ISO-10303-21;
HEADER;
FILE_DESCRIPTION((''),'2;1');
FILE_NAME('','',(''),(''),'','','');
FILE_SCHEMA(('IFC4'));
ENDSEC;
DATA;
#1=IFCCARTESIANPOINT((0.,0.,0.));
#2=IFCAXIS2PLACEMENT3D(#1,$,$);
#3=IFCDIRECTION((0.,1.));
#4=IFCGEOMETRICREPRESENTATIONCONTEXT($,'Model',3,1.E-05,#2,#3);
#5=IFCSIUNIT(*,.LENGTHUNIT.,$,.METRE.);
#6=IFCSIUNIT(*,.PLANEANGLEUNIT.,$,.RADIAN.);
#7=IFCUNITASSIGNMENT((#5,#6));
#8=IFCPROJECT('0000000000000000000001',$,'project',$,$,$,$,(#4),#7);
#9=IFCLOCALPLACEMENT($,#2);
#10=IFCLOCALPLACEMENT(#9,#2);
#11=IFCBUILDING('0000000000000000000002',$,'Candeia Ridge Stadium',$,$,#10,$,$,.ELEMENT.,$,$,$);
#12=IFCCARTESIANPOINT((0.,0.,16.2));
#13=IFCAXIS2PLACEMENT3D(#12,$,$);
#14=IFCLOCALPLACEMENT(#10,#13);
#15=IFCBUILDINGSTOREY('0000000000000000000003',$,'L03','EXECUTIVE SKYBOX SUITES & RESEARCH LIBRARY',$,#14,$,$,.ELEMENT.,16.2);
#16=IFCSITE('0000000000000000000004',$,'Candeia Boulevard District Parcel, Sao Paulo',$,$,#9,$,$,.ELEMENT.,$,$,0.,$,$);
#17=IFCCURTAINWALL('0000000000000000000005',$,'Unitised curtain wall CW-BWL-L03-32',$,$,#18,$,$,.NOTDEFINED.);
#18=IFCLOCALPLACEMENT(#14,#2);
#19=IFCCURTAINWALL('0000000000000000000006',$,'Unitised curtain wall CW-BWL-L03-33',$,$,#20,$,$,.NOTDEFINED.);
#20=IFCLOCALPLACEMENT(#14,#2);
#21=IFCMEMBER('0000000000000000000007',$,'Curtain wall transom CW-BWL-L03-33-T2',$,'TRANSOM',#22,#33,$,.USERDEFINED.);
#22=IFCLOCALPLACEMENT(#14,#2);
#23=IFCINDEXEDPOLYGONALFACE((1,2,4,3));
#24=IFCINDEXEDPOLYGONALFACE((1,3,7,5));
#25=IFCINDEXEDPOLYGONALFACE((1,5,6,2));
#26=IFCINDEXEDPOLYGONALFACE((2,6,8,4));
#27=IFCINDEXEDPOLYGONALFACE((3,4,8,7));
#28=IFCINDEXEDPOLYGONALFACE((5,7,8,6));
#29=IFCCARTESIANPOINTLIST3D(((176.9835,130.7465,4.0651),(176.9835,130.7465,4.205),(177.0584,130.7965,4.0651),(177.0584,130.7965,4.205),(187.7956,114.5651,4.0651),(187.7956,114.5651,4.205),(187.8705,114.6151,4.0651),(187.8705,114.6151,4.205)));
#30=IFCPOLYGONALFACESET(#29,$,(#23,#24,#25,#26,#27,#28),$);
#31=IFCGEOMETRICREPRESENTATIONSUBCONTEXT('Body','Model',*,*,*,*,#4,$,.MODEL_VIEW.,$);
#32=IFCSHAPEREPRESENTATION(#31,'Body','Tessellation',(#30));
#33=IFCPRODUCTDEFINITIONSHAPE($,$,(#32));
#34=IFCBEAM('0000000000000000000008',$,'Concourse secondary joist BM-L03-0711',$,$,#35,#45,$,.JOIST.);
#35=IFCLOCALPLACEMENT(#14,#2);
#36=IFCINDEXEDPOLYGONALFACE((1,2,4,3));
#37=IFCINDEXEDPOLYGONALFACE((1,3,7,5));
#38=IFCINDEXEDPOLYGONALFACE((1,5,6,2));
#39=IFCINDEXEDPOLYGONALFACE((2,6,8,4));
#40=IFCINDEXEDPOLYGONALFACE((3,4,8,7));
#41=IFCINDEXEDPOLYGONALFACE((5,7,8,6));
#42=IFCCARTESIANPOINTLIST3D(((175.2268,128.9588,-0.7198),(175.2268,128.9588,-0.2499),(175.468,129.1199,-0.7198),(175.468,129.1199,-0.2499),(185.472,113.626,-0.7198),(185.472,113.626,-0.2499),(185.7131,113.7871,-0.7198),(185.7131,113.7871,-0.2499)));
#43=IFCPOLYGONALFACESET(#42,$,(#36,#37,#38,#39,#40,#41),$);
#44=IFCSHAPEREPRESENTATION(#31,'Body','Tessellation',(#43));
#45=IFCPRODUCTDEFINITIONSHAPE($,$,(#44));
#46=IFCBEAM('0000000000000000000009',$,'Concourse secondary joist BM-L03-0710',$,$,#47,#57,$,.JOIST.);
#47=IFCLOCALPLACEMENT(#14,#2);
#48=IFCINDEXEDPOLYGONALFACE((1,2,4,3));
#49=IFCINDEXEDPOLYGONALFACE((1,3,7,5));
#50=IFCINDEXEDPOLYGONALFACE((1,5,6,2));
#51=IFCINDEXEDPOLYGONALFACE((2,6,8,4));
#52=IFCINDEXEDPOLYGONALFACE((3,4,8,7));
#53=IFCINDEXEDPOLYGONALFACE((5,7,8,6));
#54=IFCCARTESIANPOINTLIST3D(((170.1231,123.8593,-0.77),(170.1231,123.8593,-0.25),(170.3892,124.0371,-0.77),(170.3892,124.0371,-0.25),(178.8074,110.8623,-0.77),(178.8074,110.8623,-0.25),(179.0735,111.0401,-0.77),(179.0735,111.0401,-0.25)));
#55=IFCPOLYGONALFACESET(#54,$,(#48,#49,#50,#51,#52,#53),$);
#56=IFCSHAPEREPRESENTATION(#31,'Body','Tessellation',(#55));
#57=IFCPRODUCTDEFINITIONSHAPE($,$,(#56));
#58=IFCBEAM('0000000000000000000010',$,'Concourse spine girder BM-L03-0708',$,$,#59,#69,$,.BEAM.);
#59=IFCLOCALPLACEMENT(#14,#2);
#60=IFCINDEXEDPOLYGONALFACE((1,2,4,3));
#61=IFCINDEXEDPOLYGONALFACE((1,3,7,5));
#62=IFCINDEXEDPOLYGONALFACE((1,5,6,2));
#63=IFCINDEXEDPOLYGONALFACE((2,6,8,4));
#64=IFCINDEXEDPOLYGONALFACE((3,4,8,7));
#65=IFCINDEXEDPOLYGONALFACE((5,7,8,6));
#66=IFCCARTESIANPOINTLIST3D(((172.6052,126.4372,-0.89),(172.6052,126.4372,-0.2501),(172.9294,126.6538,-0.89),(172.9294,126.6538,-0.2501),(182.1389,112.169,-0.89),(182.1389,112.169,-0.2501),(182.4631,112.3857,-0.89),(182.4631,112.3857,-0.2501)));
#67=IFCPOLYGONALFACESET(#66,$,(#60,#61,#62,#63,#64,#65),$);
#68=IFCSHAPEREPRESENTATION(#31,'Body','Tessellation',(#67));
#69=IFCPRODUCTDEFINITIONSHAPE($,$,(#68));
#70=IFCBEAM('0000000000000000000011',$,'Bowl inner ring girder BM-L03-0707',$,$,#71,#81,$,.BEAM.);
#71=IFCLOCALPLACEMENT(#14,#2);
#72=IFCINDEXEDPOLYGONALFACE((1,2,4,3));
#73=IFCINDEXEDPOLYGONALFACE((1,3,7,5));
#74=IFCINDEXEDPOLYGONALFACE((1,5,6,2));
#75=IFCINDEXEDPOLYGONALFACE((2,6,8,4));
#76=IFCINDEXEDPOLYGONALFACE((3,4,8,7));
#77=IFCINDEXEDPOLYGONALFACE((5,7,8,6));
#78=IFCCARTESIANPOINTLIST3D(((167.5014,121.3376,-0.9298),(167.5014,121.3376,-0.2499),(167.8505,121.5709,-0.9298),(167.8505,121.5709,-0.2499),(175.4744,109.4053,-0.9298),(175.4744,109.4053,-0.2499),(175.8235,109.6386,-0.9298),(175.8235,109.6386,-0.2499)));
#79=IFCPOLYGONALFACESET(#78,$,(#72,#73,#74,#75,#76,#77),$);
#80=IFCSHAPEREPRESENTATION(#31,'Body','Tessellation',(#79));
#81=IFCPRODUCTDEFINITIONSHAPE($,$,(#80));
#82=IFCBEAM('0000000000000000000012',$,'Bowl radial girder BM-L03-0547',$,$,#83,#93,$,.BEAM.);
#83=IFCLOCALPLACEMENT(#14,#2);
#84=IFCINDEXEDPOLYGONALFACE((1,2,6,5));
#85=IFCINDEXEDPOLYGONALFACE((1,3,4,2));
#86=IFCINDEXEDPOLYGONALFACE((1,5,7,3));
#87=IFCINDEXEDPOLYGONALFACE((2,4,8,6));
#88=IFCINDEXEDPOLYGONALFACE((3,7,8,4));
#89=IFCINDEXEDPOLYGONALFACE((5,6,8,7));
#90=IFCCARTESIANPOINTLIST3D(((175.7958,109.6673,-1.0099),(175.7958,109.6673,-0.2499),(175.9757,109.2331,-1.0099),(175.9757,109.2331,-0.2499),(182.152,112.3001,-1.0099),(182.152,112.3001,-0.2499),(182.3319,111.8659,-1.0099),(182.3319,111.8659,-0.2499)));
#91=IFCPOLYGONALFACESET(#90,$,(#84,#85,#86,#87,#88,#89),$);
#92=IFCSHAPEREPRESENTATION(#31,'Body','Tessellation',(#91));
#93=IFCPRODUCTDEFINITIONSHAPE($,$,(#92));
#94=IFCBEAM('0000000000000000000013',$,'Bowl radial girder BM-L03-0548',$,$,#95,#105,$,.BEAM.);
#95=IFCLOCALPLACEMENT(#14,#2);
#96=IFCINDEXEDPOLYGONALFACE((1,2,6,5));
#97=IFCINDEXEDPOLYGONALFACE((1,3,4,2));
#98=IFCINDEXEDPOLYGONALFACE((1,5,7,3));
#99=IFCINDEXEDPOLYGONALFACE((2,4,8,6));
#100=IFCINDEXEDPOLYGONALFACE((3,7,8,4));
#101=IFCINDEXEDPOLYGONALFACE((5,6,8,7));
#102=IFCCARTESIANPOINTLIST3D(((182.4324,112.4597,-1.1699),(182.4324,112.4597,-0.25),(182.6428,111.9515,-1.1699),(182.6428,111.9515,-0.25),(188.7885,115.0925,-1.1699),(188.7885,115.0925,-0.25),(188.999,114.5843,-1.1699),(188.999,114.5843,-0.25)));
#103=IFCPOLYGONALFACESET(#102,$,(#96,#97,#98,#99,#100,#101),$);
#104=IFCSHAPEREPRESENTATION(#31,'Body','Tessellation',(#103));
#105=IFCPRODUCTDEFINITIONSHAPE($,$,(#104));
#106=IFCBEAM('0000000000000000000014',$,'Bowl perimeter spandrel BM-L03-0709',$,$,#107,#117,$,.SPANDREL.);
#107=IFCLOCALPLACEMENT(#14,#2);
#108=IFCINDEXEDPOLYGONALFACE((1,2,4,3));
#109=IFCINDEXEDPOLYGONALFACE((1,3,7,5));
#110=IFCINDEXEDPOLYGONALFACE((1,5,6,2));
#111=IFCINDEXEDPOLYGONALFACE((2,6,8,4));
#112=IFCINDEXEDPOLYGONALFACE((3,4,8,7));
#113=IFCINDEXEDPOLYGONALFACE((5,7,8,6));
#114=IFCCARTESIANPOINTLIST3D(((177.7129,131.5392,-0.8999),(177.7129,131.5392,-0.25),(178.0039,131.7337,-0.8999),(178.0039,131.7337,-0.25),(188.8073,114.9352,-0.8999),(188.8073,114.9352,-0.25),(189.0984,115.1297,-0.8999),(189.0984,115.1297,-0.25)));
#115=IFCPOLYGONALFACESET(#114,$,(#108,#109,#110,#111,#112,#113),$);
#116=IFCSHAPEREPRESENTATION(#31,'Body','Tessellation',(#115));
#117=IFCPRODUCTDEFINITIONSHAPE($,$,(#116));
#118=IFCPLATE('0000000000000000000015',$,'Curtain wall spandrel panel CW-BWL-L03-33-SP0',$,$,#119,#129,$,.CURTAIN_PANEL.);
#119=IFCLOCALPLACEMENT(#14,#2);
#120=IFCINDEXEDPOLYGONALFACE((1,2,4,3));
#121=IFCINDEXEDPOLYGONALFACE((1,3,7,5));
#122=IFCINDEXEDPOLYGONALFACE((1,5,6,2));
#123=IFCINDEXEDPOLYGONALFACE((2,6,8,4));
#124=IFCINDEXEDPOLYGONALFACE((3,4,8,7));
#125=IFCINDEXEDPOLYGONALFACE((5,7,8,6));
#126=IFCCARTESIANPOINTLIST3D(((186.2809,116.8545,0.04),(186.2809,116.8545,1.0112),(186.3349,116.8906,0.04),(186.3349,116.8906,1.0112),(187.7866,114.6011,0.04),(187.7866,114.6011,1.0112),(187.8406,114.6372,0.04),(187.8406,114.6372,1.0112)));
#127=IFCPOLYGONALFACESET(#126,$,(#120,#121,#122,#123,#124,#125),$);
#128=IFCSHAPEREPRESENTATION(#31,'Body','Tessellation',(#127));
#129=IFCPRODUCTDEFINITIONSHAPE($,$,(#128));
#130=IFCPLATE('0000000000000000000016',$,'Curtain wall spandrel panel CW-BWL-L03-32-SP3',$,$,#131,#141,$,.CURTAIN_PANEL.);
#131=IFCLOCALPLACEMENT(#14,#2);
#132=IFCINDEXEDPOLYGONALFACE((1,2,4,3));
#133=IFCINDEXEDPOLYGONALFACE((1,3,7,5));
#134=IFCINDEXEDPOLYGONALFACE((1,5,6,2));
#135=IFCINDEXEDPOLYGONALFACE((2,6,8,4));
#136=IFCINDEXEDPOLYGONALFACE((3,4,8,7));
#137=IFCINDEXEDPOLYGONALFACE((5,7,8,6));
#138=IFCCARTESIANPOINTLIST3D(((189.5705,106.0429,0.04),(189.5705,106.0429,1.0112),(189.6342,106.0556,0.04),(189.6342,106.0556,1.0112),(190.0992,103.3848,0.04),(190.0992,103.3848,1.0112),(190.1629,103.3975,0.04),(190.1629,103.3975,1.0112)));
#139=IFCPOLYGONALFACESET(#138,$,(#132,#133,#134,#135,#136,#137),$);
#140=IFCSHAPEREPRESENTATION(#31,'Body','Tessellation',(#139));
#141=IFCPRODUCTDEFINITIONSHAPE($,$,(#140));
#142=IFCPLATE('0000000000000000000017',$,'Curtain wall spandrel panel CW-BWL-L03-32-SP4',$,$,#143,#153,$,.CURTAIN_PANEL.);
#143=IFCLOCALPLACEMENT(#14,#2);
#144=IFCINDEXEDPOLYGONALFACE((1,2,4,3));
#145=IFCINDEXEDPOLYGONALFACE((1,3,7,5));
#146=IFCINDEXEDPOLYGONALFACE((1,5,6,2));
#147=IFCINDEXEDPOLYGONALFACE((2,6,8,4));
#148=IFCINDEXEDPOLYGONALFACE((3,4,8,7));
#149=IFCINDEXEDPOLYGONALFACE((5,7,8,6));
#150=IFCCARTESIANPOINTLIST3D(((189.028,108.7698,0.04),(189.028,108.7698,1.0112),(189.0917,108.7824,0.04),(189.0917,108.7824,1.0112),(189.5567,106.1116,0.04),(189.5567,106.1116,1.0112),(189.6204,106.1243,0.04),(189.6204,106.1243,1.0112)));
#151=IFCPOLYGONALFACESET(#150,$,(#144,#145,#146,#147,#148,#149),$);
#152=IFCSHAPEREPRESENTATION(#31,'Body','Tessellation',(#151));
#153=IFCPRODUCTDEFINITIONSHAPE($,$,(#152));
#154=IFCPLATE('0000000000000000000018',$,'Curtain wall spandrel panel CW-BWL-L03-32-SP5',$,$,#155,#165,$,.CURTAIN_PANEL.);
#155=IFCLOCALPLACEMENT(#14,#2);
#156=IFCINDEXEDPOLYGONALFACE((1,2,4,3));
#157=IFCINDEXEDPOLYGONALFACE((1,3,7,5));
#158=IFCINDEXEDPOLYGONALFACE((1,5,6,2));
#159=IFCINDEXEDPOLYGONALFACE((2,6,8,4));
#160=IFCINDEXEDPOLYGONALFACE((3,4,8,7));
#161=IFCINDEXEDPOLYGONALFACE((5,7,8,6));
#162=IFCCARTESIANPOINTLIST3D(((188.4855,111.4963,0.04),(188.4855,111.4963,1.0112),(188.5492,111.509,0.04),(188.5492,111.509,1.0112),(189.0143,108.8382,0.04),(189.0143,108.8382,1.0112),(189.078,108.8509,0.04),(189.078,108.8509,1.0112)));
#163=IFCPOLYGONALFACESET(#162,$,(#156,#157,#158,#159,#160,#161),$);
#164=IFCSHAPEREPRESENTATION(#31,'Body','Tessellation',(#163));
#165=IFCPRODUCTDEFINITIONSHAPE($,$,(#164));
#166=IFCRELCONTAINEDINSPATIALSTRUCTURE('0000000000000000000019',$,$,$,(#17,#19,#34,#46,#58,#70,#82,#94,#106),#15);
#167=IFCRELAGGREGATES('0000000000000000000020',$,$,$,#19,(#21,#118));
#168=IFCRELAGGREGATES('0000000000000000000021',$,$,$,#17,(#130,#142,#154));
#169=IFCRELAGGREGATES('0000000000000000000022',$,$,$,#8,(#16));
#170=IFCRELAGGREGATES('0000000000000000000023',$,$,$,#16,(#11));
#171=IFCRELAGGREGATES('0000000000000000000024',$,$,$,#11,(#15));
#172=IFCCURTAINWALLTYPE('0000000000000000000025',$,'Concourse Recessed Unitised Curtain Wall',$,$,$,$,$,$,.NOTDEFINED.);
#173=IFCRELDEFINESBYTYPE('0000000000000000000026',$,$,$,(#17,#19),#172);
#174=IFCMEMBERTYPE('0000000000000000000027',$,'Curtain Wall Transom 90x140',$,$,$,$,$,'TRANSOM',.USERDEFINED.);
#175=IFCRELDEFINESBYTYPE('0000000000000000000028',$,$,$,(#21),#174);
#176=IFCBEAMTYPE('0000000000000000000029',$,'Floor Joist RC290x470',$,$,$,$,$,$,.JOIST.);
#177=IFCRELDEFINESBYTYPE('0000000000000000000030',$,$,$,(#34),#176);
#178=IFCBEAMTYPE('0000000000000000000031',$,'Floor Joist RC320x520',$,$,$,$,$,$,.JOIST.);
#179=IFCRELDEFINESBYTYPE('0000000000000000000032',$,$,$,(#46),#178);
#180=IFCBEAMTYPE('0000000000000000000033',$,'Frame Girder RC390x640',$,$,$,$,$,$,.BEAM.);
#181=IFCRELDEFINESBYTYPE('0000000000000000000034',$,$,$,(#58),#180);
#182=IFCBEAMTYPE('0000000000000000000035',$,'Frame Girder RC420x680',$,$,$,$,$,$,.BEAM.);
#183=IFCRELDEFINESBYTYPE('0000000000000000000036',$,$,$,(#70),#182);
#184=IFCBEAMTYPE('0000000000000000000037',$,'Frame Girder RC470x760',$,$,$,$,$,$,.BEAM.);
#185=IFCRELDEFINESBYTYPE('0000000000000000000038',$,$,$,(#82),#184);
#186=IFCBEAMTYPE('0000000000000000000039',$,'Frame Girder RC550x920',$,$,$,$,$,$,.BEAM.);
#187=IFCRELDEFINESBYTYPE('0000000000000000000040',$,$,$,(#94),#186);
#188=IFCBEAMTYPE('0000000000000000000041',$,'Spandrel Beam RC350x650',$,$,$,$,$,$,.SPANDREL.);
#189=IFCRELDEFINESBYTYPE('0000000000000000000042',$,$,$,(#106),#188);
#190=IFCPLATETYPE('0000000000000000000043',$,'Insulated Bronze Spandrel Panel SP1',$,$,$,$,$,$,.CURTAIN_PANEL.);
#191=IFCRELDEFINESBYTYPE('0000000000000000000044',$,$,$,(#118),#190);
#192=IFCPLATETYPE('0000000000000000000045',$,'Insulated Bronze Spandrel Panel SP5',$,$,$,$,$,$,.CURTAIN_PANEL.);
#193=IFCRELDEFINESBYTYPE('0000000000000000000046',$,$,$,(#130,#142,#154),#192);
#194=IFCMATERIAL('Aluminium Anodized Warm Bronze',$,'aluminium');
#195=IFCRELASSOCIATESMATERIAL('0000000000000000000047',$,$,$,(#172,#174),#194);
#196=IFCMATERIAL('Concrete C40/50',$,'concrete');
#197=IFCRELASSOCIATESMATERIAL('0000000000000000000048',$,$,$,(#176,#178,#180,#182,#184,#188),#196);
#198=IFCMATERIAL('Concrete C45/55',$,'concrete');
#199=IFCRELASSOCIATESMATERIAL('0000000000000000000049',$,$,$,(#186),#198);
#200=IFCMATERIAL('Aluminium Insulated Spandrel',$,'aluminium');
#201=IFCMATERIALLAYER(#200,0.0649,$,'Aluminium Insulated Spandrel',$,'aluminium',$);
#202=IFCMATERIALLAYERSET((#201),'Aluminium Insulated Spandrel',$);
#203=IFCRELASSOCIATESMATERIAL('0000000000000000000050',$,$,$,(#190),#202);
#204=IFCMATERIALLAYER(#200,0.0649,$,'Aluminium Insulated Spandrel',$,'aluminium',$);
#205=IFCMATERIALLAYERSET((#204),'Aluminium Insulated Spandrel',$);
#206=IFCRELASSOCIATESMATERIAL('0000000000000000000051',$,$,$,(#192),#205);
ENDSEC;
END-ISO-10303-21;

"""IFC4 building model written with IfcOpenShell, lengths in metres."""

from ifc_helpers import new_model, si_unit, direction, frame, origin, origin_2d, place, context, subcontext, project, spatial, rectangle, extrude, material, layer, layer_set, material_profile, profile_set, type_object, element, aggregate, save


model = new_model("IFC4")

# Units and contexts
model_context = context("Model", 3, precision=1e-05, world=origin(), true_north=direction((0.0, 1.0)))
body_context = subcontext(model_context, "Body", "Model", "MODEL_VIEW")
ifc_project = project(units=[si_unit("LENGTHUNIT", "METRE"), si_unit("PLANEANGLEUNIT", "RADIAN")], contexts=[model_context])

# Site, building, storey
site_placement = place(None, origin())
site = spatial("IfcSite", under=ifc_project, at=site_placement, Name="Candeia Boulevard District Parcel, Sao Paulo", CompositionType="ELEMENT", RefElevation=0.0)
building_placement = place(site_placement, origin())
building = spatial("IfcBuilding", under=site, at=building_placement, Name="Candeia Ridge Stadium", CompositionType="ELEMENT")
storey_placement = place(building_placement, frame((0.0, 0.0, 16.2)))
storey = spatial("IfcBuildingStorey", under=building, at=storey_placement, Name="L03", Description="EXECUTIVE SKYBOX SUITES & RESEARCH LIBRARY", CompositionType="ELEMENT", Elevation=16.2)

# Shared definitions
ifc_material_1 = material(Name="Concrete C40/50", Category="concrete")

# Curtain walls
ifc_material_2 = material(Name="Aluminium Anodized Warm Bronze", Category="aluminium")
curtain_wall_type = type_object("IfcCurtainWallType", Name="Concourse Recessed Unitised Curtain Wall", PredefinedType="NOTDEFINED", material=ifc_material_2)
curtain_wall_1_placement = place(storey_placement, origin())
curtain_wall_1 = element("IfcCurtainWall", 1, at=curtain_wall_1_placement, inside=storey, type_object=curtain_wall_type, Name="Unitised curtain wall CW-BWL-L03-32", PredefinedType="NOTDEFINED")
curtain_wall_2_placement = place(storey_placement, origin())
curtain_wall_2 = element("IfcCurtainWall", 2, at=curtain_wall_2_placement, inside=storey, type_object=curtain_wall_type, Name="Unitised curtain wall CW-BWL-L03-33", PredefinedType="NOTDEFINED")

# Member
ifc_material_profile_1 = material_profile(ifc_material_2, rectangle(XDim=0.0901, YDim=0.1399, at=origin_2d()), Name="CWT-90x140", Category="aluminium")
ifc_profile_set_1 = profile_set([ifc_material_profile_1], Name="Aluminium Anodized Warm Bronze")
member_type_1 = type_object("IfcMemberType", Name="Curtain Wall Transom 90x140", ElementType="TRANSOM", PredefinedType="USERDEFINED", material=ifc_profile_set_1)
member_1_placement = place(storey_placement, frame((187.833, 114.5901, 4.135), z_axis=(-0.555568, 0.831471, 0.0), x_axis=(-0.831471, -0.555568, 0.0)))
member_1 = element("IfcMember", 3, at=member_1_placement, type_object=member_type_1, Name="Curtain wall transom CW-BWL-L03-33-T2", ObjectType="TRANSOM", PredefinedType="USERDEFINED", context=body_context, shape_type="SweptSolid", body=[
    extrude(rectangle(XDim=0.0901, YDim=0.1399, at=origin_2d()), origin(), (0.0, 0.0, 1.0), 19.4612),
])

# Beams
ifc_material_profile_2 = material_profile(ifc_material_1, rectangle(XDim=0.29, YDim=0.47, at=origin_2d()), Name="RC290x470", Category="concrete")
ifc_profile_set_2 = profile_set([ifc_material_profile_2], Name="Concrete C40/50")
beam_type_1 = type_object("IfcBeamType", Name="Floor Joist RC290x470", PredefinedType="JOIST", material=ifc_profile_set_2)
beam_1_placement = place(storey_placement, frame((185.5925, 113.7065, -0.4849), z_axis=(-0.555574, 0.831467, 0.0), x_axis=(-0.831467, -0.555574, 0.0)))
element("IfcBeam", 4, at=beam_1_placement, inside=storey, type_object=beam_type_1, Name="Concourse secondary joist BM-L03-0711", PredefinedType="JOIST", context=body_context, shape_type="SweptSolid", body=[
    extrude(rectangle(XDim=0.29, YDim=0.47, at=origin_2d()), origin(), (0.0, 0.0, 1.0), 18.4407),
])
ifc_material_profile_3 = material_profile(ifc_material_1, rectangle(XDim=0.3201, YDim=0.52, at=origin_2d()), Name="RC320x520", Category="concrete")
ifc_profile_set_3 = profile_set([ifc_material_profile_3], Name="Concrete C40/50")
beam_type_2 = type_object("IfcBeamType", Name="Floor Joist RC320x520", PredefinedType="JOIST", material=ifc_profile_set_3)
beam_2_placement = place(storey_placement, frame((178.9404, 110.9512, -0.51), z_axis=(-0.555569, 0.831471, 0.0), x_axis=(-0.831471, -0.555569, 0.0)))
element("IfcBeam", 5, at=beam_2_placement, inside=storey, type_object=beam_type_2, Name="Concourse secondary joist BM-L03-0710", PredefinedType="JOIST", context=body_context, shape_type="SweptSolid", body=[
    extrude(rectangle(XDim=0.3201, YDim=0.52, at=origin_2d()), origin(), (0.0, 0.0, 1.0), 15.6313),
])
ifc_material_profile_4 = material_profile(ifc_material_1, rectangle(XDim=0.3899, YDim=0.6399, at=origin_2d()), Name="RC390x640", Category="concrete")
ifc_profile_set_4 = profile_set([ifc_material_profile_4], Name="Concrete C40/50")
beam_type_3 = type_object("IfcBeamType", Name="Frame Girder RC390x640", PredefinedType="BEAM", material=ifc_profile_set_4)
beam_3_placement = place(storey_placement, frame((182.301, 112.2773, -0.5701), z_axis=(-0.555573, 0.831468, 0.0), x_axis=(-0.831468, -0.555573, 0.0)))
element("IfcBeam", 6, at=beam_3_placement, inside=storey, type_object=beam_type_3, Name="Concourse spine girder BM-L03-0708", PredefinedType="BEAM", context=body_context, shape_type="SweptSolid", body=[
    extrude(rectangle(XDim=0.3899, YDim=0.6399, at=origin_2d()), origin(), (0.0, 0.0, 1.0), 17.1602),
])
ifc_material_profile_5 = material_profile(ifc_material_1, rectangle(XDim=0.4199, YDim=0.6799, at=origin_2d()), Name="RC420x680", Category="concrete")
ifc_profile_set_5 = profile_set([ifc_material_profile_5], Name="Concrete C40/50")
beam_type_4 = type_object("IfcBeamType", Name="Frame Girder RC420x680", PredefinedType="BEAM", material=ifc_profile_set_5)
beam_4_placement = place(storey_placement, frame((175.6489, 109.522, -0.5898), z_axis=(-0.555575, 0.831466, 0.0), x_axis=(-0.831466, -0.555575, 0.0)))
element("IfcBeam", 7, at=beam_4_placement, inside=storey, type_object=beam_type_4, Name="Bowl inner ring girder BM-L03-0707", PredefinedType="BEAM", context=body_context, shape_type="SweptSolid", body=[
    extrude(rectangle(XDim=0.4199, YDim=0.6799, at=origin_2d()), origin(), (0.0, 0.0, 1.0), 14.3508),
])
ifc_material_profile_6 = material_profile(ifc_material_1, rectangle(XDim=0.47, YDim=0.76, at=origin_2d()), Name="RC470x760", Category="concrete")
ifc_profile_set_6 = profile_set([ifc_material_profile_6], Name="Concrete C40/50")
beam_type_5 = type_object("IfcBeamType", Name="Frame Girder RC470x760", PredefinedType="BEAM", material=ifc_profile_set_6)
beam_5_placement = place(storey_placement, frame((175.8857, 109.4502, -0.6299), z_axis=(0.92388, 0.382682, 0.0), x_axis=(-0.382682, 0.92388, 0.0)))
element("IfcBeam", 8, at=beam_5_placement, inside=storey, type_object=beam_type_5, Name="Bowl radial girder BM-L03-0547", PredefinedType="BEAM", context=body_context, shape_type="SweptSolid", body=[
    extrude(rectangle(XDim=0.47, YDim=0.76, at=origin_2d()), origin(), (0.0, 0.0, 1.0), 6.8799),
])
ifc_material_3 = material(Name="Concrete C45/55", Category="concrete")
ifc_material_profile_7 = material_profile(ifc_material_3, rectangle(XDim=0.55, YDim=0.9199, at=origin_2d()), Name="RC550x920", Category="concrete")
ifc_profile_set_7 = profile_set([ifc_material_profile_7], Name="Concrete C45/55")
beam_type_6 = type_object("IfcBeamType", Name="Frame Girder RC550x920", PredefinedType="BEAM", material=ifc_profile_set_7)
beam_6_placement = place(storey_placement, frame((182.5376, 112.2056, -0.71), z_axis=(0.92388, 0.382682, 0.0), x_axis=(-0.382682, 0.92388, 0.0)))
element("IfcBeam", 9, at=beam_6_placement, inside=storey, type_object=beam_type_6, Name="Bowl radial girder BM-L03-0548", PredefinedType="BEAM", context=body_context, shape_type="SweptSolid", body=[
    extrude(rectangle(XDim=0.55, YDim=0.9199, at=origin_2d()), origin(), (0.0, 0.0, 1.0), 6.8799),
])
ifc_material_profile_8 = material_profile(ifc_material_1, rectangle(XDim=0.3501, YDim=0.6499, at=origin_2d()), Name="RC350x650", Category="concrete")
ifc_profile_set_8 = profile_set([ifc_material_profile_8], Name="Concrete C40/50")
beam_type_7 = type_object("IfcBeamType", Name="Spandrel Beam RC350x650", PredefinedType="SPANDREL", material=ifc_profile_set_8)
beam_7_placement = place(storey_placement, frame((188.9529, 115.0325, -0.575), z_axis=(-0.555572, 0.831469, 0.0), x_axis=(-0.831469, -0.555572, 0.0)))
element("IfcBeam", 10, at=beam_7_placement, inside=storey, type_object=beam_type_7, Name="Bowl perimeter spandrel BM-L03-0709", PredefinedType="SPANDREL", context=body_context, shape_type="SweptSolid", body=[
    extrude(rectangle(XDim=0.3501, YDim=0.6499, at=origin_2d()), origin(), (0.0, 0.0, 1.0), 19.9695),
])

# Plates
ifc_material_4 = material(Name="Aluminium Insulated Spandrel", Category="aluminium")
ifc_layer_1 = layer(ifc_material_4, 0.0649, Name="Aluminium Insulated Spandrel", Category="aluminium")
ifc_layer_set_1 = layer_set([ifc_layer_1], Name="Aluminium Insulated Spandrel")
plate_type_1 = type_object("IfcPlateType", Name="Insulated Bronze Spandrel Panel SP1", PredefinedType="CURTAIN_PANEL", material=ifc_layer_set_1)
plate_1_placement = place(storey_placement, frame((187.0608, 115.7458, 0.04), z_axis=(0.0, 0.0, 1.0), x_axis=(-0.555571, 0.831469, 0.0)))
plate_1 = element("IfcPlate", 11, at=plate_1_placement, type_object=plate_type_1, Name="Curtain wall spandrel panel CW-BWL-L03-33-SP0", PredefinedType="CURTAIN_PANEL", context=body_context, shape_type="SweptSolid", body=[
    extrude(rectangle(XDim=2.7102, YDim=0.0649, at=origin_2d()), origin(), (0.0, 0.0, 1.0), 0.9712),
])
aggregate(curtain_wall_2, [member_1, plate_1])
ifc_layer_2 = layer(ifc_material_4, 0.0649, Name="Aluminium Insulated Spandrel", Category="aluminium")
ifc_layer_set_2 = layer_set([ifc_layer_2], Name="Aluminium Insulated Spandrel")
plate_type_2 = type_object("IfcPlateType", Name="Insulated Bronze Spandrel Panel SP5", PredefinedType="CURTAIN_PANEL", material=ifc_layer_set_2)
plate_2_placement = place(storey_placement, frame((189.8667, 104.7202, 0.04), z_axis=(0.0, 0.0, 1.0), x_axis=(-0.19509, 0.980785, 0.0)))
plate_2 = element("IfcPlate", 12, at=plate_2_placement, type_object=plate_type_2, Name="Curtain wall spandrel panel CW-BWL-L03-32-SP3", PredefinedType="CURTAIN_PANEL", context=body_context, shape_type="SweptSolid", body=[
    extrude(rectangle(XDim=2.7102, YDim=0.0649, at=origin_2d()), origin(), (0.0, 0.0, 1.0), 0.9712),
])
plate_3_placement = place(storey_placement, frame((189.3242, 107.447, 0.04), z_axis=(0.0, 0.0, 1.0), x_axis=(-0.19509, 0.980785, 0.0)))
plate_3 = element("IfcPlate", 13, at=plate_3_placement, type_object=plate_type_2, Name="Curtain wall spandrel panel CW-BWL-L03-32-SP4", PredefinedType="CURTAIN_PANEL", context=body_context, shape_type="SweptSolid", body=[
    extrude(rectangle(XDim=2.7102, YDim=0.0649, at=origin_2d()), origin(), (0.0, 0.0, 1.0), 0.9712),
])
plate_4_placement = place(storey_placement, frame((188.7817, 110.1736, 0.04), z_axis=(0.0, 0.0, 1.0), x_axis=(-0.19509, 0.980785, 0.0)))
plate_4 = element("IfcPlate", 14, at=plate_4_placement, type_object=plate_type_2, Name="Curtain wall spandrel panel CW-BWL-L03-32-SP5", PredefinedType="CURTAIN_PANEL", context=body_context, shape_type="SweptSolid", body=[
    extrude(rectangle(XDim=2.7102, YDim=0.0649, at=origin_2d()), origin(), (0.0, 0.0, 1.0), 0.9712),
])
aggregate(curtain_wall_1, [plate_2, plate_3, plate_4])

save(model, "model.ifc")
